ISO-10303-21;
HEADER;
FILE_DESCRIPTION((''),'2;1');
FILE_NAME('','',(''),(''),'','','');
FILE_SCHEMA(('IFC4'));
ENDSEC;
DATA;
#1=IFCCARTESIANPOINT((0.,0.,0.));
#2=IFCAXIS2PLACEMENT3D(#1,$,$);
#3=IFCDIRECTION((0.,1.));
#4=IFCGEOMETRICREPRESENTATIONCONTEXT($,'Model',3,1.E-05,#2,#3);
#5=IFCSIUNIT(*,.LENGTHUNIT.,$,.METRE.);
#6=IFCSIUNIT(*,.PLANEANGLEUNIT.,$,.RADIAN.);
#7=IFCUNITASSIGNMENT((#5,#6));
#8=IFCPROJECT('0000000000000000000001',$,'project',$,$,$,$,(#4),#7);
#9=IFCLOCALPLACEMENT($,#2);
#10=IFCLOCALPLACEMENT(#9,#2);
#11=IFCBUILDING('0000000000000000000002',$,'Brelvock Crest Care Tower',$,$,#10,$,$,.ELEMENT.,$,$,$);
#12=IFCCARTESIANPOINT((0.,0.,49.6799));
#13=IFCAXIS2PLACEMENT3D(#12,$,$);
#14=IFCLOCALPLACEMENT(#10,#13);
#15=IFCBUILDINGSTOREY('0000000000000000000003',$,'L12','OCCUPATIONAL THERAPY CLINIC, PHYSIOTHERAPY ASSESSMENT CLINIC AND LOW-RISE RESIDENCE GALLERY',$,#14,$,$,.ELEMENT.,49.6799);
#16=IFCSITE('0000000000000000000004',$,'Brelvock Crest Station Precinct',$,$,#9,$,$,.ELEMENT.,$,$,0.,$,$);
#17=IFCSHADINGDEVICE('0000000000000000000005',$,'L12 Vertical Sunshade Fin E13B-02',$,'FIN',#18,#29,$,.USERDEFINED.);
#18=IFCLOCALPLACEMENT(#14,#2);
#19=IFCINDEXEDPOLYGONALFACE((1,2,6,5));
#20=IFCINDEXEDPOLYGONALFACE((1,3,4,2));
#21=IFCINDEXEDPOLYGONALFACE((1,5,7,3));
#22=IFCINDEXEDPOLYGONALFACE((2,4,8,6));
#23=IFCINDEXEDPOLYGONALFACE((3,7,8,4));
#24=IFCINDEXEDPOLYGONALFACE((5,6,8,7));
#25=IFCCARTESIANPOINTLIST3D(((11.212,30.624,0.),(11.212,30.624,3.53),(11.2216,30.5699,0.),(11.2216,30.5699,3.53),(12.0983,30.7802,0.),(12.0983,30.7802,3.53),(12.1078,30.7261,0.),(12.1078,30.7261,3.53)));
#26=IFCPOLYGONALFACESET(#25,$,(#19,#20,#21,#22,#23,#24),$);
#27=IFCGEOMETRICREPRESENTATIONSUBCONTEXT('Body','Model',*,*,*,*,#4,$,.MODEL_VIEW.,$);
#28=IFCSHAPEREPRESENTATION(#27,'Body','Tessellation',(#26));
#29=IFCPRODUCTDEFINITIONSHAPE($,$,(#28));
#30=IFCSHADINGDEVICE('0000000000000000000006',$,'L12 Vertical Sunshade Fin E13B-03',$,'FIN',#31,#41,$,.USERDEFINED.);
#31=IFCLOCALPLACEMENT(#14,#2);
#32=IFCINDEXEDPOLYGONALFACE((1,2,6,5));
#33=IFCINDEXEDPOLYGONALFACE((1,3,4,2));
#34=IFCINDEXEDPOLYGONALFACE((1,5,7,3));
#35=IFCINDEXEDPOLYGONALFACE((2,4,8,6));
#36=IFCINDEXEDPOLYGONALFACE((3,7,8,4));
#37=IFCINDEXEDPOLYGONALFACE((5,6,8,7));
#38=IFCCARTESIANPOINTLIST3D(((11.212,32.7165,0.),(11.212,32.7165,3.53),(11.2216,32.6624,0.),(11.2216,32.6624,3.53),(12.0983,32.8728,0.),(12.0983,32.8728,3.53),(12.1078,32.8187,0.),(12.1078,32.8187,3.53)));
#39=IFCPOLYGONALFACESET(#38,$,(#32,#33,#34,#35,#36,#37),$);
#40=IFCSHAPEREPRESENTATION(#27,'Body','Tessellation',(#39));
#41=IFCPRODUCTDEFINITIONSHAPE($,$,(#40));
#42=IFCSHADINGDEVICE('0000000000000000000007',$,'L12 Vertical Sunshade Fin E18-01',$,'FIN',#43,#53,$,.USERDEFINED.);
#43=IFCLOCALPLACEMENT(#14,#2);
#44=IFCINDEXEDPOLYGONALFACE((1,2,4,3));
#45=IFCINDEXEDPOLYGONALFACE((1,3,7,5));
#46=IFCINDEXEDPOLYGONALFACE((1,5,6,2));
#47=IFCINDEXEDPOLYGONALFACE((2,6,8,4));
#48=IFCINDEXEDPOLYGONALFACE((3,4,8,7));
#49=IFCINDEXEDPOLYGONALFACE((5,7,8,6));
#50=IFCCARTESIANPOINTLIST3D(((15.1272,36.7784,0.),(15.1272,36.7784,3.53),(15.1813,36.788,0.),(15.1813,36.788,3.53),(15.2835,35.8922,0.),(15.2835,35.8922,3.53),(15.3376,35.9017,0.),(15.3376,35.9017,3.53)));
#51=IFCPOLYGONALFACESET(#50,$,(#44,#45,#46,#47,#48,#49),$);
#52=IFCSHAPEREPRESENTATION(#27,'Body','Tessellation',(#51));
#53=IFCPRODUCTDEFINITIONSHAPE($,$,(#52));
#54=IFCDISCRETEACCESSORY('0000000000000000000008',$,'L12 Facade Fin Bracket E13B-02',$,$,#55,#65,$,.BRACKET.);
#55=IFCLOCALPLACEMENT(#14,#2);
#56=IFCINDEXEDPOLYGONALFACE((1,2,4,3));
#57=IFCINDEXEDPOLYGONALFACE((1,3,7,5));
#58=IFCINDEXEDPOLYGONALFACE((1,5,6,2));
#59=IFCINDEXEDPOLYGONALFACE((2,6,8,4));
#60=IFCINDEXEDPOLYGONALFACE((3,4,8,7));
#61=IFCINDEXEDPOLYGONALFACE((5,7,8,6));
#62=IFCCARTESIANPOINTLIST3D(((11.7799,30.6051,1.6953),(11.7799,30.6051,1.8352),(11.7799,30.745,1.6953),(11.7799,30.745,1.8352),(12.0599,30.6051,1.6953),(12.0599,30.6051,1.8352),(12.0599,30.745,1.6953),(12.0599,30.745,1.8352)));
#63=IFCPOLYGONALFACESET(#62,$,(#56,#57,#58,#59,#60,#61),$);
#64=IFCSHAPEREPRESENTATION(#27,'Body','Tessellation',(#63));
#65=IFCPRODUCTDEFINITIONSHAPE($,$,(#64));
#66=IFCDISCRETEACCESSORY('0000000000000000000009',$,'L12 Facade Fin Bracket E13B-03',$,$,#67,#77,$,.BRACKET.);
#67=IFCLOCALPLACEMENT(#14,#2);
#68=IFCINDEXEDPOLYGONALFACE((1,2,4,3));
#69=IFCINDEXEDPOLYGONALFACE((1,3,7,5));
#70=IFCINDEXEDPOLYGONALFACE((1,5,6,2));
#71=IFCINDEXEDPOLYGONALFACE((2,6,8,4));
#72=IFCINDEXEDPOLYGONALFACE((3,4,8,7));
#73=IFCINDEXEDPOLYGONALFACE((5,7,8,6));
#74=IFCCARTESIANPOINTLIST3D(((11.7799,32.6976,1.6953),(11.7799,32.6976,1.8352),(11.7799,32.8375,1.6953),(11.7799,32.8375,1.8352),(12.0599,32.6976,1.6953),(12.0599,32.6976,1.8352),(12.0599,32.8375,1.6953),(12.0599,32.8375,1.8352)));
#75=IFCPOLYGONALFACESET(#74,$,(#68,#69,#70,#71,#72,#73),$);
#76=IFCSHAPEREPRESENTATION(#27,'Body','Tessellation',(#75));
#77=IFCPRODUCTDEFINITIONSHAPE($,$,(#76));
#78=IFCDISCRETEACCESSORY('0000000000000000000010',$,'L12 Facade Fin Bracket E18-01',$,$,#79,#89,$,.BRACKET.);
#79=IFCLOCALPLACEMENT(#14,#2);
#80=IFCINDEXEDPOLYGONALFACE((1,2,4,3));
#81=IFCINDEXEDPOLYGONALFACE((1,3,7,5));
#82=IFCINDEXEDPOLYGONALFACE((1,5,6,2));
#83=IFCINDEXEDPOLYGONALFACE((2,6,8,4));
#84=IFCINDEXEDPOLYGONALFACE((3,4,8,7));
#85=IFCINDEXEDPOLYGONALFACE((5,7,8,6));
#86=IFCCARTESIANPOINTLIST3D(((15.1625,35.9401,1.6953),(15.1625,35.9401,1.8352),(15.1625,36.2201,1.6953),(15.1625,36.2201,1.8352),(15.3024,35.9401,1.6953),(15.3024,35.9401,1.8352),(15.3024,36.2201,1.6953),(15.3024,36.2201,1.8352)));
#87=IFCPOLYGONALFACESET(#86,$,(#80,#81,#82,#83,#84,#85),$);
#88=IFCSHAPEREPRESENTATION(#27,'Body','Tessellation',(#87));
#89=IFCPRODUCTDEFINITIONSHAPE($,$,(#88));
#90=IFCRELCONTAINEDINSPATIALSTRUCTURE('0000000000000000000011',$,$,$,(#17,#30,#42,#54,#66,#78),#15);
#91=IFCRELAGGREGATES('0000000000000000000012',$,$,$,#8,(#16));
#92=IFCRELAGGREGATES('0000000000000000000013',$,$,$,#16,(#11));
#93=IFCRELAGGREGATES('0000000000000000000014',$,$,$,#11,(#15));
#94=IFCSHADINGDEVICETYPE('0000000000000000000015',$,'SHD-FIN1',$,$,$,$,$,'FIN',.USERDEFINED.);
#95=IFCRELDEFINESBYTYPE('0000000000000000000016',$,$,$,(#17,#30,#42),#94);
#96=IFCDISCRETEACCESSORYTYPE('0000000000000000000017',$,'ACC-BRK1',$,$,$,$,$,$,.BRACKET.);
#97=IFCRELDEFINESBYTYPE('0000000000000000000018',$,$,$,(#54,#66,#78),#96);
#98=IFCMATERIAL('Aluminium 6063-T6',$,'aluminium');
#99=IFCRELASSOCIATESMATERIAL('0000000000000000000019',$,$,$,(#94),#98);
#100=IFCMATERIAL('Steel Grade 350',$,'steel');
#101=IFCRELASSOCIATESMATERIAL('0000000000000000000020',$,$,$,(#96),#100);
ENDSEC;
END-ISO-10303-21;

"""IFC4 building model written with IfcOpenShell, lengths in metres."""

from ifc_helpers import new_model, si_unit, direction, frame, origin, origin_2d, place, context, subcontext, project, spatial, rectangle, extrude, source, transform, mapped, material, material_profile, profile_set, type_object, element, save


model = new_model("IFC4")

# Units and contexts
model_context = context("Model", 3, precision=1e-05, world=origin(), true_north=direction((0.0, 1.0)))
body_context = subcontext(model_context, "Body", "Model", "MODEL_VIEW")
ifc_project = project(units=[si_unit("LENGTHUNIT", "METRE"), si_unit("PLANEANGLEUNIT", "RADIAN")], contexts=[model_context])

# Site, building, storey
site_placement = place(None, origin())
site = spatial("IfcSite", under=ifc_project, at=site_placement, Name="Brelvock Crest Station Precinct", CompositionType="ELEMENT", RefElevation=0.0)
building_placement = place(site_placement, origin())
building = spatial("IfcBuilding", under=site, at=building_placement, Name="Brelvock Crest Care Tower", CompositionType="ELEMENT")
storey_placement = place(building_placement, frame((0.0, 0.0, 49.6799)))
storey = spatial("IfcBuildingStorey", under=building, at=storey_placement, Name="L12", Description="OCCUPATIONAL THERAPY CLINIC, PHYSIOTHERAPY ASSESSMENT CLINIC AND LOW-RISE RESIDENCE GALLERY", CompositionType="ELEMENT", Elevation=49.6799)

# Shared definitions
ifc_material_1 = material(Name="Steel Grade 350", Category="steel")

# Shared definitions
ifc_material_2 = material(Name="Aluminium 6063-T6", Category="aluminium")

# Shading devices
ifc_material_profile_1 = material_profile(ifc_material_2, rectangle(XDim=0.0549, YDim=0.8999, at=origin_2d()), Name="FIN55x900")
ifc_profile_set_1 = profile_set([ifc_material_profile_1], Name="Aluminium 6063-T6")
shading_device_type = type_object("IfcShadingDeviceType", Name="SHD-FIN1", ElementType="FIN", PredefinedType="USERDEFINED", material=ifc_profile_set_1)
shared_shape_1 = source(origin(), body_context, "Body", "SweptSolid", [
    extrude(rectangle(XDim=0.0549, YDim=0.8999, at=origin_2d()), origin(), (0.0, 0.0, 1.0), 3.53),
])
for number, where, z_axis, x_axis, name in (
    (1, (11.6599, 30.675, 0.0), (0.0, 0.0, 1.0), (-0.173648, 0.984808, 0.0), "L12 Vertical Sunshade Fin E13B-02"),
    (2, (11.6599, 32.7676, 0.0), (0.0, 0.0, 1.0), (-0.173648, 0.984808, 0.0), "L12 Vertical Sunshade Fin E13B-03"),
    (3, (15.2324, 36.3401, 0.0), (0.0, 0.0, 1.0), (0.984808, 0.173648, 0.0), "L12 Vertical Sunshade Fin E18-01"),
):
    element("IfcShadingDevice", number, at=place(storey_placement, frame(where, z_axis=z_axis, x_axis=x_axis)), inside=storey, type_object=shading_device_type, Name=name, ObjectType="FIN", PredefinedType="USERDEFINED", context=body_context, shape_type="MappedRepresentation", body=[
        mapped(shared_shape_1, transform((0.0, 0.0, 0.0), x_axis=(1.0, 0.0, 0.0), y_axis=(0.0, 1.0, 0.0), z_axis=(0.0, 0.0, 1.0), scale=1.0)),
    ])

# Discrete accessories
discrete_accessory_type = type_object("IfcDiscreteAccessoryType", Name="ACC-BRK1", PredefinedType="BRACKET", material=ifc_material_1)
shared_shape_2 = source(origin(), body_context, "Body", "SweptSolid", [
    extrude(rectangle(XDim=0.28, YDim=0.1399, at=origin_2d()), origin(), (0.0, 0.0, 1.0), 0.1399),
])
for number, where, z_axis, x_axis, name in (
    (4, (11.9199, 30.675, 1.6953), (0.0, 0.0, 1.0), (-1.0, 0.0, 0.0), "L12 Facade Fin Bracket E13B-02"),
    (5, (11.9199, 32.7676, 1.6953), (0.0, 0.0, 1.0), (-1.0, 0.0, 0.0), "L12 Facade Fin Bracket E13B-03"),
    (6, (15.2324, 36.0801, 1.6953), (0.0, 0.0, 1.0), (0.0, 1.0, 0.0), "L12 Facade Fin Bracket E18-01"),
):
    element("IfcDiscreteAccessory", number, at=place(storey_placement, frame(where, z_axis=z_axis, x_axis=x_axis)), inside=storey, type_object=discrete_accessory_type, Name=name, PredefinedType="BRACKET", context=body_context, shape_type="MappedRepresentation", body=[
        mapped(shared_shape_2, transform((0.0, 0.0, 0.0), x_axis=(1.0, 0.0, 0.0), y_axis=(0.0, 1.0, 0.0), z_axis=(0.0, 0.0, 1.0), scale=1.0)),
    ])

save(model, "model.ifc")
